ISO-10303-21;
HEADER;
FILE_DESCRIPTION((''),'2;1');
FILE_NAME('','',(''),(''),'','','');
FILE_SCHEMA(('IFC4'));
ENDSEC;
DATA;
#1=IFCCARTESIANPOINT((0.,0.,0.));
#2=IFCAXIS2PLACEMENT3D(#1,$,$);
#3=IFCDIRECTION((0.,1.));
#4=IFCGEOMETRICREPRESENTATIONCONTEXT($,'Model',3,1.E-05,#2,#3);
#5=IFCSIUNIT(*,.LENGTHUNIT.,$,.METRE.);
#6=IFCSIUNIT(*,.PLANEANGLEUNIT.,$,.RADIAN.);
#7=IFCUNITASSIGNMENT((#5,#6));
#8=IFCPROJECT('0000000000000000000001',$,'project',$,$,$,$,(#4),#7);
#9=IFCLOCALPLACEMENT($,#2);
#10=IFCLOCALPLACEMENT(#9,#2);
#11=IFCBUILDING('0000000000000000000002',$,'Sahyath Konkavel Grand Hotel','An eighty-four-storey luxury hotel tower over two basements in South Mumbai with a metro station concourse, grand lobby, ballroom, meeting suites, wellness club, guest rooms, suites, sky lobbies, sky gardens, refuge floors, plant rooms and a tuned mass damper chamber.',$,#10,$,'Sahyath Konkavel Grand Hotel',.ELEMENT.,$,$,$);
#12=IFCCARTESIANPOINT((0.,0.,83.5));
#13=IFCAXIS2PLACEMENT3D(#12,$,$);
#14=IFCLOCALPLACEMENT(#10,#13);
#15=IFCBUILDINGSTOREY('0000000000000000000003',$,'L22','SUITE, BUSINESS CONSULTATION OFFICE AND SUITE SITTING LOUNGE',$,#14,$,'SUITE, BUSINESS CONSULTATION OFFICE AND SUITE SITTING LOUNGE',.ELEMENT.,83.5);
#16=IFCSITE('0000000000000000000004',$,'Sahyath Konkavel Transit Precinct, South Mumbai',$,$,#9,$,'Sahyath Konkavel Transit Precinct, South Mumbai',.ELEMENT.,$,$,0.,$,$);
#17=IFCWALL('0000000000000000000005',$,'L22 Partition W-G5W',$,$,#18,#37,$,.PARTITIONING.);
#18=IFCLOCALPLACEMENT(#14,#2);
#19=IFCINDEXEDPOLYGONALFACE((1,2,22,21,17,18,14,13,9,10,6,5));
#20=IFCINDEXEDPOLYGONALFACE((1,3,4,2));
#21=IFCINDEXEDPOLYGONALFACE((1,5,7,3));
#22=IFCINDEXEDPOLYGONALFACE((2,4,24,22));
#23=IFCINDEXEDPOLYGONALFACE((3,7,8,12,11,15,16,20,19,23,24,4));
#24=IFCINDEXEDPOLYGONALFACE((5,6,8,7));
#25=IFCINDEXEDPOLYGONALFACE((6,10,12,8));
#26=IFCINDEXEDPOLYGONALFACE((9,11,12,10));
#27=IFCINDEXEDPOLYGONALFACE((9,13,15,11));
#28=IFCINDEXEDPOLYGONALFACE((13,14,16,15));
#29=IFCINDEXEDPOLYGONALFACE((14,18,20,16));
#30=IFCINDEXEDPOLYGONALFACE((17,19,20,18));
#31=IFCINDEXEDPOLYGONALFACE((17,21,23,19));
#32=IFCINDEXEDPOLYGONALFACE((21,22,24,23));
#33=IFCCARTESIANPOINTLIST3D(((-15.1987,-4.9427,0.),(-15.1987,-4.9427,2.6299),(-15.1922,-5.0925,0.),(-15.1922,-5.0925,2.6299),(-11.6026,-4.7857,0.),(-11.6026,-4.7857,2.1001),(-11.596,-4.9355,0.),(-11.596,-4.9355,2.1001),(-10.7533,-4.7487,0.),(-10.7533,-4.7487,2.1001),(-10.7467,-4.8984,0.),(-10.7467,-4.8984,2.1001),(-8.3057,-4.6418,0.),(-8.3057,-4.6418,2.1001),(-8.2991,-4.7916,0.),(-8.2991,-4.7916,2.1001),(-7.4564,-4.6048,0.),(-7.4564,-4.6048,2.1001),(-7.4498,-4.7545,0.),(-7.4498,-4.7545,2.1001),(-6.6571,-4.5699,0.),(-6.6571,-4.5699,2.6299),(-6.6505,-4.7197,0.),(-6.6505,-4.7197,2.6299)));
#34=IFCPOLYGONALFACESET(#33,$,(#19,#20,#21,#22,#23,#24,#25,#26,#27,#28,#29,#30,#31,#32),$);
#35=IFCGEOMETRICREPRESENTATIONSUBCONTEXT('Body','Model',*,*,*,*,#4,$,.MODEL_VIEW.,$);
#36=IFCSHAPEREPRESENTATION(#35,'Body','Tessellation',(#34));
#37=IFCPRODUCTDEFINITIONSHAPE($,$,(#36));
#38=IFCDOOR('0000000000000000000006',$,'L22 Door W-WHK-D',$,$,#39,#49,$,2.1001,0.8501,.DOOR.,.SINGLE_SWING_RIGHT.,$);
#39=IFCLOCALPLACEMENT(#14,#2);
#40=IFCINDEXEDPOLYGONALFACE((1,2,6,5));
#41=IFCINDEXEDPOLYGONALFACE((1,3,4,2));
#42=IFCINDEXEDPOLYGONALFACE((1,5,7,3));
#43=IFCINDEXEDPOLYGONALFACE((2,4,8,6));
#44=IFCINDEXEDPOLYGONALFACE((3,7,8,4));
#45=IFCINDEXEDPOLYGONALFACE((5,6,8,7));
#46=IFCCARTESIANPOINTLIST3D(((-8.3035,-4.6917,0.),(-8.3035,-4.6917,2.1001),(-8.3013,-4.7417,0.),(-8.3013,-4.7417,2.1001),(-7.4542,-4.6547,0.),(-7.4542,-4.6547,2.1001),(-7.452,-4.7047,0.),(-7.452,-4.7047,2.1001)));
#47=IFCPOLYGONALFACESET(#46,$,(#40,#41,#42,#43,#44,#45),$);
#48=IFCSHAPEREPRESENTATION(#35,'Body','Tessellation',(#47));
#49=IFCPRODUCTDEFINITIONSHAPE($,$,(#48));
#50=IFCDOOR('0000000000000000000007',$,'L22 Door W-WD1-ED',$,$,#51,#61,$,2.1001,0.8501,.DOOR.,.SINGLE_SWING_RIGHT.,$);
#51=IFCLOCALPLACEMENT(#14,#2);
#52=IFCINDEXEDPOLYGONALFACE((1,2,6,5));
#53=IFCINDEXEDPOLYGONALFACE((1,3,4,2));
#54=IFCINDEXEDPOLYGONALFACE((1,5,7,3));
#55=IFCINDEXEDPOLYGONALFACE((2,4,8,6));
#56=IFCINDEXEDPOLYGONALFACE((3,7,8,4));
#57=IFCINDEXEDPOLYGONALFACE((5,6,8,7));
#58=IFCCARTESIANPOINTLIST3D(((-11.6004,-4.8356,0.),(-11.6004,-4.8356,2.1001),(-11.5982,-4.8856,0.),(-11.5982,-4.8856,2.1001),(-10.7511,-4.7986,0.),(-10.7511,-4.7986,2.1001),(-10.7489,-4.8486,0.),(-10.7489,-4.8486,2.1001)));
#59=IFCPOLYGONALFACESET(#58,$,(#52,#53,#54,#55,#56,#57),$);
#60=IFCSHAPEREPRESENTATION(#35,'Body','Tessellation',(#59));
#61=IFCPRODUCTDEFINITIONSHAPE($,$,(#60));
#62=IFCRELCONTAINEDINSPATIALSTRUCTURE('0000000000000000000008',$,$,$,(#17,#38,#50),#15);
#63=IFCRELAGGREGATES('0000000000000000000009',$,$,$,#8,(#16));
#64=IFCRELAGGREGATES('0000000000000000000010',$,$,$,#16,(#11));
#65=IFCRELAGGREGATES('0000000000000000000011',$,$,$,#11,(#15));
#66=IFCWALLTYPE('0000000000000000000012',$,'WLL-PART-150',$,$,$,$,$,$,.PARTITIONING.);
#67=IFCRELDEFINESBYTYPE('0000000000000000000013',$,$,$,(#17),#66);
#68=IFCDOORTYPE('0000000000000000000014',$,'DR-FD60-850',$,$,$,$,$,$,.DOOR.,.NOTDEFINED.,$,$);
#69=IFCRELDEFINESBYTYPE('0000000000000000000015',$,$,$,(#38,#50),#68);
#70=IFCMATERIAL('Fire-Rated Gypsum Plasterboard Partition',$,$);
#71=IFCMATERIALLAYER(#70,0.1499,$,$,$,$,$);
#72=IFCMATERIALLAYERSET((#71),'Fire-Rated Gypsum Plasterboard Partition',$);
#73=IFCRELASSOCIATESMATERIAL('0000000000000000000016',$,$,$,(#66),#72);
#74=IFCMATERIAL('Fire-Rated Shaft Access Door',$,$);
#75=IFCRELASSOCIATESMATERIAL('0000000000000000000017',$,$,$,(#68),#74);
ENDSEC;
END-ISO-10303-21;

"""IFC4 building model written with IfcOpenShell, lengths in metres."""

from ifc_helpers import new_model, si_unit, direction, frame, frame_2d, origin, origin_2d, place, context, subcontext, project, spatial, rectangle, extrude, source, transform, mapped, material, layer, layer_set, type_object, element, fill, save


model = new_model("IFC4")

# Units and contexts
model_context = context("Model", 3, precision=1e-05, world=origin(), true_north=direction((0.0, 1.0)))
body_context = subcontext(model_context, "Body", "Model", "MODEL_VIEW")
ifc_project = project(units=[si_unit("LENGTHUNIT", "METRE"), si_unit("PLANEANGLEUNIT", "RADIAN")], contexts=[model_context])

# Site, building, storey
site_placement = place(None, origin())
site = spatial("IfcSite", under=ifc_project, at=site_placement, Name="Sahyath Konkavel Transit Precinct, South Mumbai", LongName="Sahyath Konkavel Transit Precinct, South Mumbai", CompositionType="ELEMENT", RefElevation=0.0)
building_placement = place(site_placement, origin())
building = spatial("IfcBuilding", under=site, at=building_placement, Name="Sahyath Konkavel Grand Hotel", Description="An eighty-four-storey luxury hotel tower over two basements in South Mumbai with a metro station concourse, grand lobby, ballroom, meeting suites, wellness club, guest rooms, suites, sky lobbies, sky gardens, refuge floors, plant rooms and a tuned mass damper chamber.", LongName="Sahyath Konkavel Grand Hotel", CompositionType="ELEMENT")
storey_placement = place(building_placement, frame((0.0, 0.0, 83.5)))
storey = spatial("IfcBuildingStorey", under=building, at=storey_placement, Name="L22", Description="SUITE, BUSINESS CONSULTATION OFFICE AND SUITE SITTING LOUNGE", LongName="SUITE, BUSINESS CONSULTATION OFFICE AND SUITE SITTING LOUNGE", CompositionType="ELEMENT", Elevation=83.5)

# Wall, openings, doors
ifc_material_1 = material(Name="Fire-Rated Gypsum Plasterboard Partition")
ifc_layer_1 = layer(ifc_material_1, 0.1499)
ifc_layer_set_1 = layer_set([ifc_layer_1], Name="Fire-Rated Gypsum Plasterboard Partition")
wall_type_1 = type_object("IfcWallType", Name="WLL-PART-150", PredefinedType="PARTITIONING", material=ifc_layer_set_1)
wall_1_placement = place(storey_placement, frame((-6.6538, -4.6448, 0.0), z_axis=(0.0, 0.0, 1.0), x_axis=(-0.999049, -0.043603, 0.0)))
wall_1 = element("IfcWall", 1, at=wall_1_placement, inside=storey, type_object=wall_type_1, Name="L22 Partition W-G5W", PredefinedType="PARTITIONING", context=body_context, shape_type="SweptSolid", body=[
    extrude(rectangle(XDim=8.5498, YDim=0.1499, at=frame_2d((4.2749, 0.0))), origin(), (0.0, 0.0, 1.0), 2.6299),
])
opening_1_placement = place(wall_1_placement, frame((0.8, 0.0, 0.0)))
opening_1 = element("IfcOpeningElement", 2, at=opening_1_placement, cuts=wall_1, PredefinedType="OPENING", context=body_context, shape_type="SweptSolid", body=[
    extrude(rectangle(XDim=0.8501, YDim=2.1001, at=frame_2d((0.425, 1.05))), frame((0.0, 0.085, 0.0), z_axis=(0.0, -1.0, 0.0), x_axis=(1.0, 0.0, 0.0)), (0.0, 0.0, 1.0), 0.1699),
])
opening_2_placement = place(wall_1_placement, frame((4.1001, 0.0, 0.0)))
opening_2 = element("IfcOpeningElement", 3, at=opening_2_placement, cuts=wall_1, PredefinedType="OPENING", context=body_context, shape_type="SweptSolid", body=[
    extrude(rectangle(XDim=0.8501, YDim=2.1001, at=frame_2d((0.425, 1.05))), frame((0.0, 0.085, 0.0), z_axis=(0.0, -1.0, 0.0), x_axis=(1.0, 0.0, 0.0)), (0.0, 0.0, 1.0), 0.1699),
])
ifc_material_2 = material(Name="Fire-Rated Shaft Access Door")
door_type_1 = type_object("IfcDoorType", Name="DR-FD60-850", OperationType="NOTDEFINED", PredefinedType="DOOR", material=ifc_material_2)
shared_shape_1 = source(origin(), body_context, "Body", "SweptSolid", [
    extrude(rectangle(XDim=0.8501, YDim=0.05, at=origin_2d()), origin(), (0.0, 0.0, 1.0), 2.1001),
])
door_1_placement = place(opening_1_placement, frame((0.425, 0.0, 0.0)))
door_1 = element("IfcDoor", 4, at=door_1_placement, inside=storey, type_object=door_type_1, Name="L22 Door W-WHK-D", OperationType="SINGLE_SWING_RIGHT", OverallHeight=2.1001, OverallWidth=0.8501, PredefinedType="DOOR", context=body_context, shape_type="MappedRepresentation", body=[
    mapped(shared_shape_1, transform((0.0, 0.0, 0.0), scale=1.0)),
])
fill(opening_1, door_1)
door_2_placement = place(opening_2_placement, frame((0.425, 0.0, 0.0)))
door_2 = element("IfcDoor", 5, at=door_2_placement, inside=storey, type_object=door_type_1, Name="L22 Door W-WD1-ED", OperationType="SINGLE_SWING_RIGHT", OverallHeight=2.1001, OverallWidth=0.8501, PredefinedType="DOOR", context=body_context, shape_type="MappedRepresentation", body=[
    mapped(shared_shape_1, transform((0.0, 0.0, 0.0), scale=1.0)),
])
fill(opening_2, door_2)

save(model, "model.ifc")
